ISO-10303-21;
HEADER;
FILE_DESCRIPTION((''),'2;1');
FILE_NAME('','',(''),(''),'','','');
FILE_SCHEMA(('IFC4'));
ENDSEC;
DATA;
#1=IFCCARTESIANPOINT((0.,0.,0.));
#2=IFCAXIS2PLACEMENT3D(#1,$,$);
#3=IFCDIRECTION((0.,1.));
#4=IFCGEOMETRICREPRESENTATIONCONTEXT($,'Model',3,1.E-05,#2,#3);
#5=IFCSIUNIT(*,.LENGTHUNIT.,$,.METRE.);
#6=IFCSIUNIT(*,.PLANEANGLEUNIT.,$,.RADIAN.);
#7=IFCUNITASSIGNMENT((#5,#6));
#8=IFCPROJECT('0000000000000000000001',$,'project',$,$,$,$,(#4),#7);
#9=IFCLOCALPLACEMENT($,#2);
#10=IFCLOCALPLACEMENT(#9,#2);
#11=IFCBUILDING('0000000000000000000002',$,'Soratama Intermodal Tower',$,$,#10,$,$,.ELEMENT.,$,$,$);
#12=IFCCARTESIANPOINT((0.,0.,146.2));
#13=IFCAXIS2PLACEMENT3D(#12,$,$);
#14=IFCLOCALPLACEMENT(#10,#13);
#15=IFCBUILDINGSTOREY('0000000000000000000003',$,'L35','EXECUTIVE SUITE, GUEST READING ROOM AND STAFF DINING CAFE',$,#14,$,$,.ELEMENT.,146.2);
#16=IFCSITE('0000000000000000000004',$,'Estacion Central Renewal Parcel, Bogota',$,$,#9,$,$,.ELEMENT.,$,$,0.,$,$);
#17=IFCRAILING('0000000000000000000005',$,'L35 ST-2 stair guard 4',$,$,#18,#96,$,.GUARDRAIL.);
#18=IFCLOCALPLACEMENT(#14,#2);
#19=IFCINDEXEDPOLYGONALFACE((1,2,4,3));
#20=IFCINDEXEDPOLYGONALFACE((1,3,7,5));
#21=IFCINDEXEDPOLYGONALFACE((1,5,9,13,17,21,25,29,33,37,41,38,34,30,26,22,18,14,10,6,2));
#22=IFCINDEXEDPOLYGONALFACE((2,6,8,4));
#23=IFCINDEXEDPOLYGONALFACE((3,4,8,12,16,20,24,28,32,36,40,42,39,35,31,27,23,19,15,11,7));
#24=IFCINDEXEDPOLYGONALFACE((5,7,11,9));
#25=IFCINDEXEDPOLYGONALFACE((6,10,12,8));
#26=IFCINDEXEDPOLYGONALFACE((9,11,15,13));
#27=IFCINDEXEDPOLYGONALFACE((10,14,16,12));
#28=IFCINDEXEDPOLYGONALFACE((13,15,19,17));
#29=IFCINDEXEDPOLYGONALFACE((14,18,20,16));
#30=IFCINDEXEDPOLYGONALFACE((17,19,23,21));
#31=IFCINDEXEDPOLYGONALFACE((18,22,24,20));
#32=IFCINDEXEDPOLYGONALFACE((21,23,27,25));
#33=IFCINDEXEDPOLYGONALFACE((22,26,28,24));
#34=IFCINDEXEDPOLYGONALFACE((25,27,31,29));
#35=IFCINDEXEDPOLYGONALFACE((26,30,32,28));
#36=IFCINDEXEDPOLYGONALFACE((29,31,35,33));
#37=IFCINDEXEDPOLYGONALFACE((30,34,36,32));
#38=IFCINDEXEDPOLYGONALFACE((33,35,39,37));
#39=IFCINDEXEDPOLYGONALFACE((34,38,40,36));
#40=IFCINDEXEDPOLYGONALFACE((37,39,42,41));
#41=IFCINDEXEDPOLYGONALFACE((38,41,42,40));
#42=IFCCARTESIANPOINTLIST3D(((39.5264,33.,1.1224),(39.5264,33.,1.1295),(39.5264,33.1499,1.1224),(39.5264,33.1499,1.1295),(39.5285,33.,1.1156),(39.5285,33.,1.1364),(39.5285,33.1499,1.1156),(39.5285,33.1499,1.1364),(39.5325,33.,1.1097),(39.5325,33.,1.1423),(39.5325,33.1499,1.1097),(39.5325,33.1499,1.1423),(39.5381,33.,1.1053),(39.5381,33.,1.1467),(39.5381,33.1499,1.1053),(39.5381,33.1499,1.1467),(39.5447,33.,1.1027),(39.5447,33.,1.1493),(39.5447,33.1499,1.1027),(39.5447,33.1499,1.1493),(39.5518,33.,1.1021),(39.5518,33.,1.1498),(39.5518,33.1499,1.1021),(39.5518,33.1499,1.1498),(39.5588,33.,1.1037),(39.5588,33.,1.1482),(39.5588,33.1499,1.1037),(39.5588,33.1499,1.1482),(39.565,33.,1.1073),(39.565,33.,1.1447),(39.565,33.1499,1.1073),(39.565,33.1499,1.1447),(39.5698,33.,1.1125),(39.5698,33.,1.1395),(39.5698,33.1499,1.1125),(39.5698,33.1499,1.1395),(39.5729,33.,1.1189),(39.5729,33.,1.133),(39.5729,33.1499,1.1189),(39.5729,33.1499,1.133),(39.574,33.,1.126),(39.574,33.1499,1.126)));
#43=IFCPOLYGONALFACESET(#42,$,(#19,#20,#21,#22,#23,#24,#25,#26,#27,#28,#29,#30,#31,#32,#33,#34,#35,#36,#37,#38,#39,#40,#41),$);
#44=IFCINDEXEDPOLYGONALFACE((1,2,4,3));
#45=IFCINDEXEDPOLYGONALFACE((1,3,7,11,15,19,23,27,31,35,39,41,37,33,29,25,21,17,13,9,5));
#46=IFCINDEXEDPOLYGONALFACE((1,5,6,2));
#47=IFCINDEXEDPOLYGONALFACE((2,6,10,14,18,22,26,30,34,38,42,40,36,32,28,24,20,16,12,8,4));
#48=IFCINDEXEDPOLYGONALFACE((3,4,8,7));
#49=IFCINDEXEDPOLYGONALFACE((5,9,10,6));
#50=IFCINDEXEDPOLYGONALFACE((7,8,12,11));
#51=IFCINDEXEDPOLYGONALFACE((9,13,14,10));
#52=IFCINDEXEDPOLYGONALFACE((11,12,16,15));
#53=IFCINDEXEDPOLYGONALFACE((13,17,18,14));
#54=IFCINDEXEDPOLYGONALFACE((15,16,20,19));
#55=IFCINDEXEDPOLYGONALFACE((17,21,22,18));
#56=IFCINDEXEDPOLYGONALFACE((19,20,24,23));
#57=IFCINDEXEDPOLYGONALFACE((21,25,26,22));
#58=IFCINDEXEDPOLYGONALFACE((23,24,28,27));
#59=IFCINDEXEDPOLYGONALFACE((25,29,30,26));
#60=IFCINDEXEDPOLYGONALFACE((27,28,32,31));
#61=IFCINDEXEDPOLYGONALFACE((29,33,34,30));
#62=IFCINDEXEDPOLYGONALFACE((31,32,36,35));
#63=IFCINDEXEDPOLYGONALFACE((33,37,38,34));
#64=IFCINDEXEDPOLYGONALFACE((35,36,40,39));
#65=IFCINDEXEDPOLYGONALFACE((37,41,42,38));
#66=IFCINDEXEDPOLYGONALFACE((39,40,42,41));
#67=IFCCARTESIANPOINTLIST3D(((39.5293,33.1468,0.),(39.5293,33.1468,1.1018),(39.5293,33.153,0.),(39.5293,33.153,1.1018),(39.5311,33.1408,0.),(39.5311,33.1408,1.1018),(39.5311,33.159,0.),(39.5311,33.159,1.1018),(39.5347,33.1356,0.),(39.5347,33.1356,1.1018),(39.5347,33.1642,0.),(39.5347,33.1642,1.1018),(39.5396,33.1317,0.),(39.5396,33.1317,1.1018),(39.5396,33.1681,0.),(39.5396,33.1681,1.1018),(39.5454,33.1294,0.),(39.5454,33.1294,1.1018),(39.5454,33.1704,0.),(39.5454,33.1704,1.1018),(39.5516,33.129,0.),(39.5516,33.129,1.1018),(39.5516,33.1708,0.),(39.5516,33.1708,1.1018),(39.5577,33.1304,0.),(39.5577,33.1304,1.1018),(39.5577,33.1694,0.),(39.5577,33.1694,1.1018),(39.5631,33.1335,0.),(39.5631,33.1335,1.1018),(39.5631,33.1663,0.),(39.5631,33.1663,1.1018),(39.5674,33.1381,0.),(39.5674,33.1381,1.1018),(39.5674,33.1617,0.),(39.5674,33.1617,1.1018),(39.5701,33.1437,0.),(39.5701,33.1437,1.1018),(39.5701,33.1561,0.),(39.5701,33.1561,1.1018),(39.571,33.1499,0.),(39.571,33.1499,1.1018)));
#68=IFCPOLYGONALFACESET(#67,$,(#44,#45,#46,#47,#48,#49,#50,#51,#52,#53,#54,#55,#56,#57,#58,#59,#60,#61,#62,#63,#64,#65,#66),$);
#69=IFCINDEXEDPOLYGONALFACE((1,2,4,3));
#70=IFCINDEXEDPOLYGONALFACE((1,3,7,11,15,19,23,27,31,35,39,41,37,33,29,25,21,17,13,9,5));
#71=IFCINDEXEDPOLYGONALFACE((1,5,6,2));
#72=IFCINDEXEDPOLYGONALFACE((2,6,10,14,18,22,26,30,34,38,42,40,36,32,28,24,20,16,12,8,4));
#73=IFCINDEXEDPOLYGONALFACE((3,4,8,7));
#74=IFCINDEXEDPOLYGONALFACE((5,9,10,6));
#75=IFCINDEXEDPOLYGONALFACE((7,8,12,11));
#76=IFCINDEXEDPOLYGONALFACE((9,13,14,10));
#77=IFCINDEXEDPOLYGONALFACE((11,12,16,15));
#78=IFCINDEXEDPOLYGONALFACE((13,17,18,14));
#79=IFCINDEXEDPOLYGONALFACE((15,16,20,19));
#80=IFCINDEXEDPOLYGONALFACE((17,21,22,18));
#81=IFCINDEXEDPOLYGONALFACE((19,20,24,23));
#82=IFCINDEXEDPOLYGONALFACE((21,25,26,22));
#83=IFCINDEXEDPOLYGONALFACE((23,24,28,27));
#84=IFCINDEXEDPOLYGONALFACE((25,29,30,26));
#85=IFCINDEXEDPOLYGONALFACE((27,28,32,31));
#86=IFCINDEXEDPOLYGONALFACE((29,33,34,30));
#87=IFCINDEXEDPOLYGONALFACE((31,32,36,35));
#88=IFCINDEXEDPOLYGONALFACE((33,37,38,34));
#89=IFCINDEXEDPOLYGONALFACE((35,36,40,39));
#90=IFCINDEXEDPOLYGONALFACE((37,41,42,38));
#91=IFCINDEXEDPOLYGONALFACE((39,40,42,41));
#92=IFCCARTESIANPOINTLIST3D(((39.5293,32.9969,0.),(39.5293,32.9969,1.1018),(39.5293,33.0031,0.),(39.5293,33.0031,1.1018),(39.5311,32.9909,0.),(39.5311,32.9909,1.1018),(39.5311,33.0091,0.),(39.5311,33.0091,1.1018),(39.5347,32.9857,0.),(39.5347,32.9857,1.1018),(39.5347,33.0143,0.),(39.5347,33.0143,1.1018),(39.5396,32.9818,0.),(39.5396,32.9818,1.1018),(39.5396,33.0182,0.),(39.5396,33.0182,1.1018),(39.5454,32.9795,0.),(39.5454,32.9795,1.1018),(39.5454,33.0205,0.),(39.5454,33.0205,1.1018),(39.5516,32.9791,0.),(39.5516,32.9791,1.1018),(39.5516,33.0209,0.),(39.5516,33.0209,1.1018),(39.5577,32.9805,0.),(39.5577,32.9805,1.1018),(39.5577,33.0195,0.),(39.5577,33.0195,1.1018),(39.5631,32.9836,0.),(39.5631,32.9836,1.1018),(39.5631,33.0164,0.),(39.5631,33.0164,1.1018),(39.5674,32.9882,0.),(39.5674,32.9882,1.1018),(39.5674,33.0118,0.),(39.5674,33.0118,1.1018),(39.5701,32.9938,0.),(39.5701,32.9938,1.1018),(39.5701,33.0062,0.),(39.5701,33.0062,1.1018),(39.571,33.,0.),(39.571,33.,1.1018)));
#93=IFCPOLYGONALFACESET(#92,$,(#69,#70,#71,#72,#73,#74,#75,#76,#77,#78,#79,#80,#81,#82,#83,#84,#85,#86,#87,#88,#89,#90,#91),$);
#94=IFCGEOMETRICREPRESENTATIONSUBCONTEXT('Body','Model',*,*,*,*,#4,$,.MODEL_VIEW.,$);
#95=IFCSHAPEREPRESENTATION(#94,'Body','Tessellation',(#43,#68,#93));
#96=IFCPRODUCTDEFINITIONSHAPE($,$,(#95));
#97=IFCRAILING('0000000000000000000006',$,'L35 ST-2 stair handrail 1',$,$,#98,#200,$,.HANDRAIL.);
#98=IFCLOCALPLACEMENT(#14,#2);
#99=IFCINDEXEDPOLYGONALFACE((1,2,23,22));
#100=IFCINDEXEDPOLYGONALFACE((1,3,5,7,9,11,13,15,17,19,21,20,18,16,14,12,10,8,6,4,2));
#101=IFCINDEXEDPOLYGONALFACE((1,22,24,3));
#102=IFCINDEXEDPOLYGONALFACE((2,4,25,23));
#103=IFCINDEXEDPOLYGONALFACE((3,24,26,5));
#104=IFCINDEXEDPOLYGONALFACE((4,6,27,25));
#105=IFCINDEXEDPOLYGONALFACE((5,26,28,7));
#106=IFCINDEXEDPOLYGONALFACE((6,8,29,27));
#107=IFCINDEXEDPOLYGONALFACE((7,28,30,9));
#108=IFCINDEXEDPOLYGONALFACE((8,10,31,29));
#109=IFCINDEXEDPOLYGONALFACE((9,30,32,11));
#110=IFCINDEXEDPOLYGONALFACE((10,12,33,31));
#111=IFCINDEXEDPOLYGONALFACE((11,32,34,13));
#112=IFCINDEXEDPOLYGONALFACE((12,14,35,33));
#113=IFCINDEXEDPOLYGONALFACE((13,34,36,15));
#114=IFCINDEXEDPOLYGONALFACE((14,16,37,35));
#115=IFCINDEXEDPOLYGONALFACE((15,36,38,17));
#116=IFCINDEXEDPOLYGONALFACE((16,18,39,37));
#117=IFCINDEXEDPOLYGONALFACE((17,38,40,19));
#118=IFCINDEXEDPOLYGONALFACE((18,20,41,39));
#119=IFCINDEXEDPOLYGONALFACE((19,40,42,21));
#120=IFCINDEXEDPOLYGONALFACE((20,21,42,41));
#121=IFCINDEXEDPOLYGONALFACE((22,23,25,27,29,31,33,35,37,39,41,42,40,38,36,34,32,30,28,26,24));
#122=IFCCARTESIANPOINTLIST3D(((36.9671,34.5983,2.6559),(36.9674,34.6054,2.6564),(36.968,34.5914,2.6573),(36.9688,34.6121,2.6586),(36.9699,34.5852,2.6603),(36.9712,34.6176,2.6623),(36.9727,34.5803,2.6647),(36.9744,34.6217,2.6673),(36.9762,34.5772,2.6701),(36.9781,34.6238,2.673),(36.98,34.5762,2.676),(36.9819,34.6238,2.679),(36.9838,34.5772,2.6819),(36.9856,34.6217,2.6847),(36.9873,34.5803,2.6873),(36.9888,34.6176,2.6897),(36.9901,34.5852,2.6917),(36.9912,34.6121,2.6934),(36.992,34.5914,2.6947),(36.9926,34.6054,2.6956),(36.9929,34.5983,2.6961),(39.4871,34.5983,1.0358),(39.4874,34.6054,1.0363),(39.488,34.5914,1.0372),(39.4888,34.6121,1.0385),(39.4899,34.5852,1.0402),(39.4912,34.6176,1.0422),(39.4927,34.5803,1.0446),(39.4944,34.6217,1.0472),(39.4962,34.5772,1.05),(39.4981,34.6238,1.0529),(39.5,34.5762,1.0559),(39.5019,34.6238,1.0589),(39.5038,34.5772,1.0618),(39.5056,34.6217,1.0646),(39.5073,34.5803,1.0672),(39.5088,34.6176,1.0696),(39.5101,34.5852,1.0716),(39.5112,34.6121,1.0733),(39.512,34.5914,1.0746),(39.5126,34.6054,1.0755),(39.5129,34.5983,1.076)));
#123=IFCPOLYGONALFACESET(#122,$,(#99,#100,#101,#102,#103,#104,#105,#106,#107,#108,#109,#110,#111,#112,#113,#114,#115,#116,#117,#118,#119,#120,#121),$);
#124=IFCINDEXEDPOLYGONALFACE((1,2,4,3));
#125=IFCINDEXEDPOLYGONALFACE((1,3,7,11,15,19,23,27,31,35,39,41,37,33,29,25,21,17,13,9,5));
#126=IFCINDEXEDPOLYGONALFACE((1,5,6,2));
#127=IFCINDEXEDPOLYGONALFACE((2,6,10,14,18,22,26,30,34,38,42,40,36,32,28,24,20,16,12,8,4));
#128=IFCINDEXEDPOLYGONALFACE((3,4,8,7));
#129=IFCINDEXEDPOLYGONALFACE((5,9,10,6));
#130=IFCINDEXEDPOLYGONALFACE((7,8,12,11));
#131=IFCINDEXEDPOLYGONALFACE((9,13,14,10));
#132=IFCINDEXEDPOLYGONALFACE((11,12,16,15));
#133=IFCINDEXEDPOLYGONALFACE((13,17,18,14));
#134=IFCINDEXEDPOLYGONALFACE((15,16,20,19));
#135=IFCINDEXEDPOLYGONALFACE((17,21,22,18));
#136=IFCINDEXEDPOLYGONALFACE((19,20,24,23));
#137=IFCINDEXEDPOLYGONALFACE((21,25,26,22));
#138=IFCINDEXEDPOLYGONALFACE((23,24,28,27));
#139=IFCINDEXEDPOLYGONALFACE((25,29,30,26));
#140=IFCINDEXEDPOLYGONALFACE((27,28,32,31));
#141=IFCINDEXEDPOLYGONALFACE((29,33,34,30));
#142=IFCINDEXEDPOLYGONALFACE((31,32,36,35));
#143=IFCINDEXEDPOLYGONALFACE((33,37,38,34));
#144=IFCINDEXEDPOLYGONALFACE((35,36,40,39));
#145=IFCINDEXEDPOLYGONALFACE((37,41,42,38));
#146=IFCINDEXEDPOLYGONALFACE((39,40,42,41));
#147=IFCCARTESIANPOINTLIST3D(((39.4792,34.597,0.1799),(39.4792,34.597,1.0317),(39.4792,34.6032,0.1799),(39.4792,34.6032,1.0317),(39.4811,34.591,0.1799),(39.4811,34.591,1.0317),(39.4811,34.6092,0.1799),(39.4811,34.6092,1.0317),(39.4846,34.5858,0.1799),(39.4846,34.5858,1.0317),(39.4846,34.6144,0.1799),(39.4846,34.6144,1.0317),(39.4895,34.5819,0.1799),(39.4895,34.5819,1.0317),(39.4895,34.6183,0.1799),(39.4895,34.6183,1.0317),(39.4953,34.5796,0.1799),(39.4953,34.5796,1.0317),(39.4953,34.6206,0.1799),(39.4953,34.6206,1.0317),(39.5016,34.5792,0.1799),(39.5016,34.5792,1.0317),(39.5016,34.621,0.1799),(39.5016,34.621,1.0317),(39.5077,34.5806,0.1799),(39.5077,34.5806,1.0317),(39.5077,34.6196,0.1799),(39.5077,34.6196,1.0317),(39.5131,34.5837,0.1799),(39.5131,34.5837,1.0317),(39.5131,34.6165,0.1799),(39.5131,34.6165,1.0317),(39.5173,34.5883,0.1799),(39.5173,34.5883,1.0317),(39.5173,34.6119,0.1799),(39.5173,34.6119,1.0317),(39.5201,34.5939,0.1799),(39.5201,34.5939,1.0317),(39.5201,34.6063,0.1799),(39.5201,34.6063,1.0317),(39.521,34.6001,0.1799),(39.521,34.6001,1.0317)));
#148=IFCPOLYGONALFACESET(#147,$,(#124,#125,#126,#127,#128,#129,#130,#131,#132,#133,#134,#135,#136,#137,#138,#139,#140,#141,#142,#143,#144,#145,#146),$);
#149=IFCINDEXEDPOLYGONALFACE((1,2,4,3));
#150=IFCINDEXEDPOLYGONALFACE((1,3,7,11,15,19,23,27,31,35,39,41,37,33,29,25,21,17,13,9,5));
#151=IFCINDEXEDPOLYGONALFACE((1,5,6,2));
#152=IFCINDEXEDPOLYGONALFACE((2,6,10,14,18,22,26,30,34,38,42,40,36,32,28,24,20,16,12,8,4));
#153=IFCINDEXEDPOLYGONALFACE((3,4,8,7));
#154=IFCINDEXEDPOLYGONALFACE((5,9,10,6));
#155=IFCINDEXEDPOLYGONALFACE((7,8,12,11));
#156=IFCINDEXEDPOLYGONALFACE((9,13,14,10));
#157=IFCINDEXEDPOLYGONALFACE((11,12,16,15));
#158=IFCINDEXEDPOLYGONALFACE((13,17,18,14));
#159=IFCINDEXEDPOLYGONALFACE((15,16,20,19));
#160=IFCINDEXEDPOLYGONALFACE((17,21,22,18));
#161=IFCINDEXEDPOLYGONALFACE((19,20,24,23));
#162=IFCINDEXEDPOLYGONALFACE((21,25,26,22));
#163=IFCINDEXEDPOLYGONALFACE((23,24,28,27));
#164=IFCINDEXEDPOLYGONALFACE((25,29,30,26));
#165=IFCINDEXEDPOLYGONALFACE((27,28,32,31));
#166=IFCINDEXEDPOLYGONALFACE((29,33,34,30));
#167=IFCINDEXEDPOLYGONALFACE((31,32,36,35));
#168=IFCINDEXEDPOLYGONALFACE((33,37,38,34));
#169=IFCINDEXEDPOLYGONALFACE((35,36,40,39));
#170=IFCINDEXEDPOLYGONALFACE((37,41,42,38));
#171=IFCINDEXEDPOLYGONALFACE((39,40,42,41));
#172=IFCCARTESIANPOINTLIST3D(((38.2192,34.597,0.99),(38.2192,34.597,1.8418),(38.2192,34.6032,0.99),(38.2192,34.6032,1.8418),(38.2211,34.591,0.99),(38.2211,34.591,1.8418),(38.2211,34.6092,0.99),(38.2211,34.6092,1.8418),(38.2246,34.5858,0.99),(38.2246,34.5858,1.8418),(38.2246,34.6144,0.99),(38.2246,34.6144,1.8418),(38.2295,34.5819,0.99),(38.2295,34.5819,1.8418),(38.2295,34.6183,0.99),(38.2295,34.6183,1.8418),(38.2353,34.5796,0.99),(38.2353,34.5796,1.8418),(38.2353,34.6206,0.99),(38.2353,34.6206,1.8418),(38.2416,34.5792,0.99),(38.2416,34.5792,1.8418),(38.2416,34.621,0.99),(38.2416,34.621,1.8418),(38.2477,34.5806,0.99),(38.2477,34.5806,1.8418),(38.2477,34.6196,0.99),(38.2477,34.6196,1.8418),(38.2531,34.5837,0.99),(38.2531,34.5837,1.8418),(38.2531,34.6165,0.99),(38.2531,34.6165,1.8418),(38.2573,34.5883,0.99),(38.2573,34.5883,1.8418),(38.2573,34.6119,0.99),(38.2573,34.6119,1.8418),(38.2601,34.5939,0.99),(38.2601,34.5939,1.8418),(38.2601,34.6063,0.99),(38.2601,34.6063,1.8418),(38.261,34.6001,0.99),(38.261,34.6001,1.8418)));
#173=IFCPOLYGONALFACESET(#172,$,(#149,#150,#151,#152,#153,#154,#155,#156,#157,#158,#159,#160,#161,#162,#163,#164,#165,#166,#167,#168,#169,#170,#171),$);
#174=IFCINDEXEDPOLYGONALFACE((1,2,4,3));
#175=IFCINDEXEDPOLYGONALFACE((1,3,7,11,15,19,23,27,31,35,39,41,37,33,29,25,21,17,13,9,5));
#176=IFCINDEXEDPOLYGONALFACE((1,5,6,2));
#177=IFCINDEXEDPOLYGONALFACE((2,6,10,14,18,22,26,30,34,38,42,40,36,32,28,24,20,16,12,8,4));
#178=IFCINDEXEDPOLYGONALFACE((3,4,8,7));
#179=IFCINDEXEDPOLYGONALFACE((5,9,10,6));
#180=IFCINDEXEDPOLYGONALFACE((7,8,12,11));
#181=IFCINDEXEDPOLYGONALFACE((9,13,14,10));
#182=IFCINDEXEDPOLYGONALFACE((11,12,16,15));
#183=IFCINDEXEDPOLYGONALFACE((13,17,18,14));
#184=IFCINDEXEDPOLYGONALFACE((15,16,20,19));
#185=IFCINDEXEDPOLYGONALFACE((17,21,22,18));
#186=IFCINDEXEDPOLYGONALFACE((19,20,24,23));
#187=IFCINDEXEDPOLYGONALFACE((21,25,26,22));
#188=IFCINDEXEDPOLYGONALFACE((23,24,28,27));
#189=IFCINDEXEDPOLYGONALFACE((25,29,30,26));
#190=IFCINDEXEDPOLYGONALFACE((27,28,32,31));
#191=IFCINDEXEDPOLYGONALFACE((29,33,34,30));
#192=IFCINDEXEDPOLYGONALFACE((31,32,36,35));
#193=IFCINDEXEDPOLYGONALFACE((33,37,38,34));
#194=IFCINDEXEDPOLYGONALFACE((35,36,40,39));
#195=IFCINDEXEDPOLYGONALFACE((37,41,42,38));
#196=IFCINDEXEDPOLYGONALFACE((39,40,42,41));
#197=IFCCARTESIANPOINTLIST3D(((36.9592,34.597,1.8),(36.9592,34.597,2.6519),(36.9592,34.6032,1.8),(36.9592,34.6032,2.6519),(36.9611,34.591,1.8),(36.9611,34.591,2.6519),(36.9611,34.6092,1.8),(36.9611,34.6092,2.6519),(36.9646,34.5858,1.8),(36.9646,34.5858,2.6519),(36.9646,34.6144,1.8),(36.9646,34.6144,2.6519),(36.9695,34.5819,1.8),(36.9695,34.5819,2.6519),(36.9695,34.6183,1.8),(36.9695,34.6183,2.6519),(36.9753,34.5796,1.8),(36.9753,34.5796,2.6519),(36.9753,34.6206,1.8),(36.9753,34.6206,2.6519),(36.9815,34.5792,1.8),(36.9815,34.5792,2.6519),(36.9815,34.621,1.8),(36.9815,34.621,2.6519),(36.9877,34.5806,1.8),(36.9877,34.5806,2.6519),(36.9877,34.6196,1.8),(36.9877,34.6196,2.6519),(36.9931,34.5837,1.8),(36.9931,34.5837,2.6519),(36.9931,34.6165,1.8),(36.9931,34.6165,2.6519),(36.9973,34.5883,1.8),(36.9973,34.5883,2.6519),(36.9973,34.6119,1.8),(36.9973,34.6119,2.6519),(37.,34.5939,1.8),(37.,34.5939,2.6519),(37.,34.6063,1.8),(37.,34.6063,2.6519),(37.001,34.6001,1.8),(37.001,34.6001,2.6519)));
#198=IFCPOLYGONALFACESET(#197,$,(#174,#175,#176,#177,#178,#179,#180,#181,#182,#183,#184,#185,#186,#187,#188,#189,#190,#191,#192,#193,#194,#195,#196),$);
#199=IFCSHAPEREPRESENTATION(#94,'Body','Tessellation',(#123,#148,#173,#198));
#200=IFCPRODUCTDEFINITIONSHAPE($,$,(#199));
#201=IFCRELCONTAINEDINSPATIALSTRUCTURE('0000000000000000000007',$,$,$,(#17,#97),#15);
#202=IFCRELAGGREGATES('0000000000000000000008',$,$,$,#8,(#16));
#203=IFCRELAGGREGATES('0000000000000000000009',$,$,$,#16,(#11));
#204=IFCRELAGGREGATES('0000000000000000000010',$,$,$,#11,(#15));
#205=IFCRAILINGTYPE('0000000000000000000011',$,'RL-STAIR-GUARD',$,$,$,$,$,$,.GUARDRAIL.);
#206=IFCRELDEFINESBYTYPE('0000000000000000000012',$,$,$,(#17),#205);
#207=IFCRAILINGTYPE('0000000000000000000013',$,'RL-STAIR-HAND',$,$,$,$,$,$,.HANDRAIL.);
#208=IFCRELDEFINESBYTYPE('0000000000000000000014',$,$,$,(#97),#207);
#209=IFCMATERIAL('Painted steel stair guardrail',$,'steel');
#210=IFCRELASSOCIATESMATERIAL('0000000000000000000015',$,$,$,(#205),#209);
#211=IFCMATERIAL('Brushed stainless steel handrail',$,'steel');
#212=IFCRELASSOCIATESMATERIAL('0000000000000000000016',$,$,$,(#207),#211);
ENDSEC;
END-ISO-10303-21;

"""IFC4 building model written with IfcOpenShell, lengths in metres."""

from ifc_helpers import new_model, si_unit, direction, frame, origin, origin_2d, place, context, subcontext, project, spatial, circle, extrude, material, type_object, element, save


model = new_model("IFC4")

# Units and contexts
model_context = context("Model", 3, precision=1e-05, world=origin(), true_north=direction((0.0, 1.0)))
body_context = subcontext(model_context, "Body", "Model", "MODEL_VIEW")
ifc_project = project(units=[si_unit("LENGTHUNIT", "METRE"), si_unit("PLANEANGLEUNIT", "RADIAN")], contexts=[model_context])

# Site, building, storey
site_placement = place(None, origin())
site = spatial("IfcSite", under=ifc_project, at=site_placement, Name="Estacion Central Renewal Parcel, Bogota", CompositionType="ELEMENT", RefElevation=0.0)
building_placement = place(site_placement, origin())
building = spatial("IfcBuilding", under=site, at=building_placement, Name="Soratama Intermodal Tower", CompositionType="ELEMENT")
storey_placement = place(building_placement, frame((0.0, 0.0, 146.2)))
storey = spatial("IfcBuildingStorey", under=building, at=storey_placement, Name="L35", Description="EXECUTIVE SUITE, GUEST READING ROOM AND STAFF DINING CAFE", CompositionType="ELEMENT", Elevation=146.2)

# Railings
ifc_material_1 = material(Name="Painted steel stair guardrail", Category="steel")
railing_type_1 = type_object("IfcRailingType", Name="RL-STAIR-GUARD", PredefinedType="GUARDRAIL", material=ifc_material_1)
railing_1_placement = place(storey_placement, frame((39.55, 33.1499, 0.0)))
element("IfcRailing", 1, at=railing_1_placement, inside=storey, type_object=railing_type_1, Name="L35 ST-2 stair guard 4", PredefinedType="GUARDRAIL", context=body_context, shape_type="SweptSolid", body=[
    extrude(circle(Radius=0.0239, at=origin_2d()), frame((0.0, 0.0, 1.126), z_axis=(0.0, -1.0, 0.0), x_axis=(1.0, 0.0, 0.0)), (0.0, 0.0, 1.0), 0.1499),
    extrude(circle(Radius=0.021, at=origin_2d()), origin(), (0.0, 0.0, 1.0), 1.1018),
    extrude(circle(Radius=0.021, at=origin_2d()), frame((0.0, -0.1499, 0.0)), (0.0, 0.0, 1.0), 1.1018),
])
ifc_material_2 = material(Name="Brushed stainless steel handrail", Category="steel")
railing_type_2 = type_object("IfcRailingType", Name="RL-STAIR-HAND", PredefinedType="HANDRAIL", material=ifc_material_2)
railing_2_placement = place(storey_placement, frame((39.5, 34.6001, 0.1799)))
element("IfcRailing", 2, at=railing_2_placement, inside=storey, type_object=railing_type_2, Name="L35 ST-2 stair handrail 1", PredefinedType="HANDRAIL", context=body_context, shape_type="SweptSolid", body=[
    extrude(circle(Radius=0.0239, at=origin_2d()), frame((0.0, 0.0, 0.876), z_axis=(-0.841163, 0.0, 0.540782), x_axis=(0.0, -1.0, 0.0)), (0.0, 0.0, 1.0), 2.9958),
    extrude(circle(Radius=0.021, at=origin_2d()), origin(), (0.0, 0.0, 1.0), 0.8518),
    extrude(circle(Radius=0.021, at=origin_2d()), frame((-1.26, 0.0, 0.8101)), (0.0, 0.0, 1.0), 0.8518),
    extrude(circle(Radius=0.021, at=origin_2d()), frame((-2.52, 0.0, 1.6201)), (0.0, 0.0, 1.0), 0.8518),
])

save(model, "model.ifc")
